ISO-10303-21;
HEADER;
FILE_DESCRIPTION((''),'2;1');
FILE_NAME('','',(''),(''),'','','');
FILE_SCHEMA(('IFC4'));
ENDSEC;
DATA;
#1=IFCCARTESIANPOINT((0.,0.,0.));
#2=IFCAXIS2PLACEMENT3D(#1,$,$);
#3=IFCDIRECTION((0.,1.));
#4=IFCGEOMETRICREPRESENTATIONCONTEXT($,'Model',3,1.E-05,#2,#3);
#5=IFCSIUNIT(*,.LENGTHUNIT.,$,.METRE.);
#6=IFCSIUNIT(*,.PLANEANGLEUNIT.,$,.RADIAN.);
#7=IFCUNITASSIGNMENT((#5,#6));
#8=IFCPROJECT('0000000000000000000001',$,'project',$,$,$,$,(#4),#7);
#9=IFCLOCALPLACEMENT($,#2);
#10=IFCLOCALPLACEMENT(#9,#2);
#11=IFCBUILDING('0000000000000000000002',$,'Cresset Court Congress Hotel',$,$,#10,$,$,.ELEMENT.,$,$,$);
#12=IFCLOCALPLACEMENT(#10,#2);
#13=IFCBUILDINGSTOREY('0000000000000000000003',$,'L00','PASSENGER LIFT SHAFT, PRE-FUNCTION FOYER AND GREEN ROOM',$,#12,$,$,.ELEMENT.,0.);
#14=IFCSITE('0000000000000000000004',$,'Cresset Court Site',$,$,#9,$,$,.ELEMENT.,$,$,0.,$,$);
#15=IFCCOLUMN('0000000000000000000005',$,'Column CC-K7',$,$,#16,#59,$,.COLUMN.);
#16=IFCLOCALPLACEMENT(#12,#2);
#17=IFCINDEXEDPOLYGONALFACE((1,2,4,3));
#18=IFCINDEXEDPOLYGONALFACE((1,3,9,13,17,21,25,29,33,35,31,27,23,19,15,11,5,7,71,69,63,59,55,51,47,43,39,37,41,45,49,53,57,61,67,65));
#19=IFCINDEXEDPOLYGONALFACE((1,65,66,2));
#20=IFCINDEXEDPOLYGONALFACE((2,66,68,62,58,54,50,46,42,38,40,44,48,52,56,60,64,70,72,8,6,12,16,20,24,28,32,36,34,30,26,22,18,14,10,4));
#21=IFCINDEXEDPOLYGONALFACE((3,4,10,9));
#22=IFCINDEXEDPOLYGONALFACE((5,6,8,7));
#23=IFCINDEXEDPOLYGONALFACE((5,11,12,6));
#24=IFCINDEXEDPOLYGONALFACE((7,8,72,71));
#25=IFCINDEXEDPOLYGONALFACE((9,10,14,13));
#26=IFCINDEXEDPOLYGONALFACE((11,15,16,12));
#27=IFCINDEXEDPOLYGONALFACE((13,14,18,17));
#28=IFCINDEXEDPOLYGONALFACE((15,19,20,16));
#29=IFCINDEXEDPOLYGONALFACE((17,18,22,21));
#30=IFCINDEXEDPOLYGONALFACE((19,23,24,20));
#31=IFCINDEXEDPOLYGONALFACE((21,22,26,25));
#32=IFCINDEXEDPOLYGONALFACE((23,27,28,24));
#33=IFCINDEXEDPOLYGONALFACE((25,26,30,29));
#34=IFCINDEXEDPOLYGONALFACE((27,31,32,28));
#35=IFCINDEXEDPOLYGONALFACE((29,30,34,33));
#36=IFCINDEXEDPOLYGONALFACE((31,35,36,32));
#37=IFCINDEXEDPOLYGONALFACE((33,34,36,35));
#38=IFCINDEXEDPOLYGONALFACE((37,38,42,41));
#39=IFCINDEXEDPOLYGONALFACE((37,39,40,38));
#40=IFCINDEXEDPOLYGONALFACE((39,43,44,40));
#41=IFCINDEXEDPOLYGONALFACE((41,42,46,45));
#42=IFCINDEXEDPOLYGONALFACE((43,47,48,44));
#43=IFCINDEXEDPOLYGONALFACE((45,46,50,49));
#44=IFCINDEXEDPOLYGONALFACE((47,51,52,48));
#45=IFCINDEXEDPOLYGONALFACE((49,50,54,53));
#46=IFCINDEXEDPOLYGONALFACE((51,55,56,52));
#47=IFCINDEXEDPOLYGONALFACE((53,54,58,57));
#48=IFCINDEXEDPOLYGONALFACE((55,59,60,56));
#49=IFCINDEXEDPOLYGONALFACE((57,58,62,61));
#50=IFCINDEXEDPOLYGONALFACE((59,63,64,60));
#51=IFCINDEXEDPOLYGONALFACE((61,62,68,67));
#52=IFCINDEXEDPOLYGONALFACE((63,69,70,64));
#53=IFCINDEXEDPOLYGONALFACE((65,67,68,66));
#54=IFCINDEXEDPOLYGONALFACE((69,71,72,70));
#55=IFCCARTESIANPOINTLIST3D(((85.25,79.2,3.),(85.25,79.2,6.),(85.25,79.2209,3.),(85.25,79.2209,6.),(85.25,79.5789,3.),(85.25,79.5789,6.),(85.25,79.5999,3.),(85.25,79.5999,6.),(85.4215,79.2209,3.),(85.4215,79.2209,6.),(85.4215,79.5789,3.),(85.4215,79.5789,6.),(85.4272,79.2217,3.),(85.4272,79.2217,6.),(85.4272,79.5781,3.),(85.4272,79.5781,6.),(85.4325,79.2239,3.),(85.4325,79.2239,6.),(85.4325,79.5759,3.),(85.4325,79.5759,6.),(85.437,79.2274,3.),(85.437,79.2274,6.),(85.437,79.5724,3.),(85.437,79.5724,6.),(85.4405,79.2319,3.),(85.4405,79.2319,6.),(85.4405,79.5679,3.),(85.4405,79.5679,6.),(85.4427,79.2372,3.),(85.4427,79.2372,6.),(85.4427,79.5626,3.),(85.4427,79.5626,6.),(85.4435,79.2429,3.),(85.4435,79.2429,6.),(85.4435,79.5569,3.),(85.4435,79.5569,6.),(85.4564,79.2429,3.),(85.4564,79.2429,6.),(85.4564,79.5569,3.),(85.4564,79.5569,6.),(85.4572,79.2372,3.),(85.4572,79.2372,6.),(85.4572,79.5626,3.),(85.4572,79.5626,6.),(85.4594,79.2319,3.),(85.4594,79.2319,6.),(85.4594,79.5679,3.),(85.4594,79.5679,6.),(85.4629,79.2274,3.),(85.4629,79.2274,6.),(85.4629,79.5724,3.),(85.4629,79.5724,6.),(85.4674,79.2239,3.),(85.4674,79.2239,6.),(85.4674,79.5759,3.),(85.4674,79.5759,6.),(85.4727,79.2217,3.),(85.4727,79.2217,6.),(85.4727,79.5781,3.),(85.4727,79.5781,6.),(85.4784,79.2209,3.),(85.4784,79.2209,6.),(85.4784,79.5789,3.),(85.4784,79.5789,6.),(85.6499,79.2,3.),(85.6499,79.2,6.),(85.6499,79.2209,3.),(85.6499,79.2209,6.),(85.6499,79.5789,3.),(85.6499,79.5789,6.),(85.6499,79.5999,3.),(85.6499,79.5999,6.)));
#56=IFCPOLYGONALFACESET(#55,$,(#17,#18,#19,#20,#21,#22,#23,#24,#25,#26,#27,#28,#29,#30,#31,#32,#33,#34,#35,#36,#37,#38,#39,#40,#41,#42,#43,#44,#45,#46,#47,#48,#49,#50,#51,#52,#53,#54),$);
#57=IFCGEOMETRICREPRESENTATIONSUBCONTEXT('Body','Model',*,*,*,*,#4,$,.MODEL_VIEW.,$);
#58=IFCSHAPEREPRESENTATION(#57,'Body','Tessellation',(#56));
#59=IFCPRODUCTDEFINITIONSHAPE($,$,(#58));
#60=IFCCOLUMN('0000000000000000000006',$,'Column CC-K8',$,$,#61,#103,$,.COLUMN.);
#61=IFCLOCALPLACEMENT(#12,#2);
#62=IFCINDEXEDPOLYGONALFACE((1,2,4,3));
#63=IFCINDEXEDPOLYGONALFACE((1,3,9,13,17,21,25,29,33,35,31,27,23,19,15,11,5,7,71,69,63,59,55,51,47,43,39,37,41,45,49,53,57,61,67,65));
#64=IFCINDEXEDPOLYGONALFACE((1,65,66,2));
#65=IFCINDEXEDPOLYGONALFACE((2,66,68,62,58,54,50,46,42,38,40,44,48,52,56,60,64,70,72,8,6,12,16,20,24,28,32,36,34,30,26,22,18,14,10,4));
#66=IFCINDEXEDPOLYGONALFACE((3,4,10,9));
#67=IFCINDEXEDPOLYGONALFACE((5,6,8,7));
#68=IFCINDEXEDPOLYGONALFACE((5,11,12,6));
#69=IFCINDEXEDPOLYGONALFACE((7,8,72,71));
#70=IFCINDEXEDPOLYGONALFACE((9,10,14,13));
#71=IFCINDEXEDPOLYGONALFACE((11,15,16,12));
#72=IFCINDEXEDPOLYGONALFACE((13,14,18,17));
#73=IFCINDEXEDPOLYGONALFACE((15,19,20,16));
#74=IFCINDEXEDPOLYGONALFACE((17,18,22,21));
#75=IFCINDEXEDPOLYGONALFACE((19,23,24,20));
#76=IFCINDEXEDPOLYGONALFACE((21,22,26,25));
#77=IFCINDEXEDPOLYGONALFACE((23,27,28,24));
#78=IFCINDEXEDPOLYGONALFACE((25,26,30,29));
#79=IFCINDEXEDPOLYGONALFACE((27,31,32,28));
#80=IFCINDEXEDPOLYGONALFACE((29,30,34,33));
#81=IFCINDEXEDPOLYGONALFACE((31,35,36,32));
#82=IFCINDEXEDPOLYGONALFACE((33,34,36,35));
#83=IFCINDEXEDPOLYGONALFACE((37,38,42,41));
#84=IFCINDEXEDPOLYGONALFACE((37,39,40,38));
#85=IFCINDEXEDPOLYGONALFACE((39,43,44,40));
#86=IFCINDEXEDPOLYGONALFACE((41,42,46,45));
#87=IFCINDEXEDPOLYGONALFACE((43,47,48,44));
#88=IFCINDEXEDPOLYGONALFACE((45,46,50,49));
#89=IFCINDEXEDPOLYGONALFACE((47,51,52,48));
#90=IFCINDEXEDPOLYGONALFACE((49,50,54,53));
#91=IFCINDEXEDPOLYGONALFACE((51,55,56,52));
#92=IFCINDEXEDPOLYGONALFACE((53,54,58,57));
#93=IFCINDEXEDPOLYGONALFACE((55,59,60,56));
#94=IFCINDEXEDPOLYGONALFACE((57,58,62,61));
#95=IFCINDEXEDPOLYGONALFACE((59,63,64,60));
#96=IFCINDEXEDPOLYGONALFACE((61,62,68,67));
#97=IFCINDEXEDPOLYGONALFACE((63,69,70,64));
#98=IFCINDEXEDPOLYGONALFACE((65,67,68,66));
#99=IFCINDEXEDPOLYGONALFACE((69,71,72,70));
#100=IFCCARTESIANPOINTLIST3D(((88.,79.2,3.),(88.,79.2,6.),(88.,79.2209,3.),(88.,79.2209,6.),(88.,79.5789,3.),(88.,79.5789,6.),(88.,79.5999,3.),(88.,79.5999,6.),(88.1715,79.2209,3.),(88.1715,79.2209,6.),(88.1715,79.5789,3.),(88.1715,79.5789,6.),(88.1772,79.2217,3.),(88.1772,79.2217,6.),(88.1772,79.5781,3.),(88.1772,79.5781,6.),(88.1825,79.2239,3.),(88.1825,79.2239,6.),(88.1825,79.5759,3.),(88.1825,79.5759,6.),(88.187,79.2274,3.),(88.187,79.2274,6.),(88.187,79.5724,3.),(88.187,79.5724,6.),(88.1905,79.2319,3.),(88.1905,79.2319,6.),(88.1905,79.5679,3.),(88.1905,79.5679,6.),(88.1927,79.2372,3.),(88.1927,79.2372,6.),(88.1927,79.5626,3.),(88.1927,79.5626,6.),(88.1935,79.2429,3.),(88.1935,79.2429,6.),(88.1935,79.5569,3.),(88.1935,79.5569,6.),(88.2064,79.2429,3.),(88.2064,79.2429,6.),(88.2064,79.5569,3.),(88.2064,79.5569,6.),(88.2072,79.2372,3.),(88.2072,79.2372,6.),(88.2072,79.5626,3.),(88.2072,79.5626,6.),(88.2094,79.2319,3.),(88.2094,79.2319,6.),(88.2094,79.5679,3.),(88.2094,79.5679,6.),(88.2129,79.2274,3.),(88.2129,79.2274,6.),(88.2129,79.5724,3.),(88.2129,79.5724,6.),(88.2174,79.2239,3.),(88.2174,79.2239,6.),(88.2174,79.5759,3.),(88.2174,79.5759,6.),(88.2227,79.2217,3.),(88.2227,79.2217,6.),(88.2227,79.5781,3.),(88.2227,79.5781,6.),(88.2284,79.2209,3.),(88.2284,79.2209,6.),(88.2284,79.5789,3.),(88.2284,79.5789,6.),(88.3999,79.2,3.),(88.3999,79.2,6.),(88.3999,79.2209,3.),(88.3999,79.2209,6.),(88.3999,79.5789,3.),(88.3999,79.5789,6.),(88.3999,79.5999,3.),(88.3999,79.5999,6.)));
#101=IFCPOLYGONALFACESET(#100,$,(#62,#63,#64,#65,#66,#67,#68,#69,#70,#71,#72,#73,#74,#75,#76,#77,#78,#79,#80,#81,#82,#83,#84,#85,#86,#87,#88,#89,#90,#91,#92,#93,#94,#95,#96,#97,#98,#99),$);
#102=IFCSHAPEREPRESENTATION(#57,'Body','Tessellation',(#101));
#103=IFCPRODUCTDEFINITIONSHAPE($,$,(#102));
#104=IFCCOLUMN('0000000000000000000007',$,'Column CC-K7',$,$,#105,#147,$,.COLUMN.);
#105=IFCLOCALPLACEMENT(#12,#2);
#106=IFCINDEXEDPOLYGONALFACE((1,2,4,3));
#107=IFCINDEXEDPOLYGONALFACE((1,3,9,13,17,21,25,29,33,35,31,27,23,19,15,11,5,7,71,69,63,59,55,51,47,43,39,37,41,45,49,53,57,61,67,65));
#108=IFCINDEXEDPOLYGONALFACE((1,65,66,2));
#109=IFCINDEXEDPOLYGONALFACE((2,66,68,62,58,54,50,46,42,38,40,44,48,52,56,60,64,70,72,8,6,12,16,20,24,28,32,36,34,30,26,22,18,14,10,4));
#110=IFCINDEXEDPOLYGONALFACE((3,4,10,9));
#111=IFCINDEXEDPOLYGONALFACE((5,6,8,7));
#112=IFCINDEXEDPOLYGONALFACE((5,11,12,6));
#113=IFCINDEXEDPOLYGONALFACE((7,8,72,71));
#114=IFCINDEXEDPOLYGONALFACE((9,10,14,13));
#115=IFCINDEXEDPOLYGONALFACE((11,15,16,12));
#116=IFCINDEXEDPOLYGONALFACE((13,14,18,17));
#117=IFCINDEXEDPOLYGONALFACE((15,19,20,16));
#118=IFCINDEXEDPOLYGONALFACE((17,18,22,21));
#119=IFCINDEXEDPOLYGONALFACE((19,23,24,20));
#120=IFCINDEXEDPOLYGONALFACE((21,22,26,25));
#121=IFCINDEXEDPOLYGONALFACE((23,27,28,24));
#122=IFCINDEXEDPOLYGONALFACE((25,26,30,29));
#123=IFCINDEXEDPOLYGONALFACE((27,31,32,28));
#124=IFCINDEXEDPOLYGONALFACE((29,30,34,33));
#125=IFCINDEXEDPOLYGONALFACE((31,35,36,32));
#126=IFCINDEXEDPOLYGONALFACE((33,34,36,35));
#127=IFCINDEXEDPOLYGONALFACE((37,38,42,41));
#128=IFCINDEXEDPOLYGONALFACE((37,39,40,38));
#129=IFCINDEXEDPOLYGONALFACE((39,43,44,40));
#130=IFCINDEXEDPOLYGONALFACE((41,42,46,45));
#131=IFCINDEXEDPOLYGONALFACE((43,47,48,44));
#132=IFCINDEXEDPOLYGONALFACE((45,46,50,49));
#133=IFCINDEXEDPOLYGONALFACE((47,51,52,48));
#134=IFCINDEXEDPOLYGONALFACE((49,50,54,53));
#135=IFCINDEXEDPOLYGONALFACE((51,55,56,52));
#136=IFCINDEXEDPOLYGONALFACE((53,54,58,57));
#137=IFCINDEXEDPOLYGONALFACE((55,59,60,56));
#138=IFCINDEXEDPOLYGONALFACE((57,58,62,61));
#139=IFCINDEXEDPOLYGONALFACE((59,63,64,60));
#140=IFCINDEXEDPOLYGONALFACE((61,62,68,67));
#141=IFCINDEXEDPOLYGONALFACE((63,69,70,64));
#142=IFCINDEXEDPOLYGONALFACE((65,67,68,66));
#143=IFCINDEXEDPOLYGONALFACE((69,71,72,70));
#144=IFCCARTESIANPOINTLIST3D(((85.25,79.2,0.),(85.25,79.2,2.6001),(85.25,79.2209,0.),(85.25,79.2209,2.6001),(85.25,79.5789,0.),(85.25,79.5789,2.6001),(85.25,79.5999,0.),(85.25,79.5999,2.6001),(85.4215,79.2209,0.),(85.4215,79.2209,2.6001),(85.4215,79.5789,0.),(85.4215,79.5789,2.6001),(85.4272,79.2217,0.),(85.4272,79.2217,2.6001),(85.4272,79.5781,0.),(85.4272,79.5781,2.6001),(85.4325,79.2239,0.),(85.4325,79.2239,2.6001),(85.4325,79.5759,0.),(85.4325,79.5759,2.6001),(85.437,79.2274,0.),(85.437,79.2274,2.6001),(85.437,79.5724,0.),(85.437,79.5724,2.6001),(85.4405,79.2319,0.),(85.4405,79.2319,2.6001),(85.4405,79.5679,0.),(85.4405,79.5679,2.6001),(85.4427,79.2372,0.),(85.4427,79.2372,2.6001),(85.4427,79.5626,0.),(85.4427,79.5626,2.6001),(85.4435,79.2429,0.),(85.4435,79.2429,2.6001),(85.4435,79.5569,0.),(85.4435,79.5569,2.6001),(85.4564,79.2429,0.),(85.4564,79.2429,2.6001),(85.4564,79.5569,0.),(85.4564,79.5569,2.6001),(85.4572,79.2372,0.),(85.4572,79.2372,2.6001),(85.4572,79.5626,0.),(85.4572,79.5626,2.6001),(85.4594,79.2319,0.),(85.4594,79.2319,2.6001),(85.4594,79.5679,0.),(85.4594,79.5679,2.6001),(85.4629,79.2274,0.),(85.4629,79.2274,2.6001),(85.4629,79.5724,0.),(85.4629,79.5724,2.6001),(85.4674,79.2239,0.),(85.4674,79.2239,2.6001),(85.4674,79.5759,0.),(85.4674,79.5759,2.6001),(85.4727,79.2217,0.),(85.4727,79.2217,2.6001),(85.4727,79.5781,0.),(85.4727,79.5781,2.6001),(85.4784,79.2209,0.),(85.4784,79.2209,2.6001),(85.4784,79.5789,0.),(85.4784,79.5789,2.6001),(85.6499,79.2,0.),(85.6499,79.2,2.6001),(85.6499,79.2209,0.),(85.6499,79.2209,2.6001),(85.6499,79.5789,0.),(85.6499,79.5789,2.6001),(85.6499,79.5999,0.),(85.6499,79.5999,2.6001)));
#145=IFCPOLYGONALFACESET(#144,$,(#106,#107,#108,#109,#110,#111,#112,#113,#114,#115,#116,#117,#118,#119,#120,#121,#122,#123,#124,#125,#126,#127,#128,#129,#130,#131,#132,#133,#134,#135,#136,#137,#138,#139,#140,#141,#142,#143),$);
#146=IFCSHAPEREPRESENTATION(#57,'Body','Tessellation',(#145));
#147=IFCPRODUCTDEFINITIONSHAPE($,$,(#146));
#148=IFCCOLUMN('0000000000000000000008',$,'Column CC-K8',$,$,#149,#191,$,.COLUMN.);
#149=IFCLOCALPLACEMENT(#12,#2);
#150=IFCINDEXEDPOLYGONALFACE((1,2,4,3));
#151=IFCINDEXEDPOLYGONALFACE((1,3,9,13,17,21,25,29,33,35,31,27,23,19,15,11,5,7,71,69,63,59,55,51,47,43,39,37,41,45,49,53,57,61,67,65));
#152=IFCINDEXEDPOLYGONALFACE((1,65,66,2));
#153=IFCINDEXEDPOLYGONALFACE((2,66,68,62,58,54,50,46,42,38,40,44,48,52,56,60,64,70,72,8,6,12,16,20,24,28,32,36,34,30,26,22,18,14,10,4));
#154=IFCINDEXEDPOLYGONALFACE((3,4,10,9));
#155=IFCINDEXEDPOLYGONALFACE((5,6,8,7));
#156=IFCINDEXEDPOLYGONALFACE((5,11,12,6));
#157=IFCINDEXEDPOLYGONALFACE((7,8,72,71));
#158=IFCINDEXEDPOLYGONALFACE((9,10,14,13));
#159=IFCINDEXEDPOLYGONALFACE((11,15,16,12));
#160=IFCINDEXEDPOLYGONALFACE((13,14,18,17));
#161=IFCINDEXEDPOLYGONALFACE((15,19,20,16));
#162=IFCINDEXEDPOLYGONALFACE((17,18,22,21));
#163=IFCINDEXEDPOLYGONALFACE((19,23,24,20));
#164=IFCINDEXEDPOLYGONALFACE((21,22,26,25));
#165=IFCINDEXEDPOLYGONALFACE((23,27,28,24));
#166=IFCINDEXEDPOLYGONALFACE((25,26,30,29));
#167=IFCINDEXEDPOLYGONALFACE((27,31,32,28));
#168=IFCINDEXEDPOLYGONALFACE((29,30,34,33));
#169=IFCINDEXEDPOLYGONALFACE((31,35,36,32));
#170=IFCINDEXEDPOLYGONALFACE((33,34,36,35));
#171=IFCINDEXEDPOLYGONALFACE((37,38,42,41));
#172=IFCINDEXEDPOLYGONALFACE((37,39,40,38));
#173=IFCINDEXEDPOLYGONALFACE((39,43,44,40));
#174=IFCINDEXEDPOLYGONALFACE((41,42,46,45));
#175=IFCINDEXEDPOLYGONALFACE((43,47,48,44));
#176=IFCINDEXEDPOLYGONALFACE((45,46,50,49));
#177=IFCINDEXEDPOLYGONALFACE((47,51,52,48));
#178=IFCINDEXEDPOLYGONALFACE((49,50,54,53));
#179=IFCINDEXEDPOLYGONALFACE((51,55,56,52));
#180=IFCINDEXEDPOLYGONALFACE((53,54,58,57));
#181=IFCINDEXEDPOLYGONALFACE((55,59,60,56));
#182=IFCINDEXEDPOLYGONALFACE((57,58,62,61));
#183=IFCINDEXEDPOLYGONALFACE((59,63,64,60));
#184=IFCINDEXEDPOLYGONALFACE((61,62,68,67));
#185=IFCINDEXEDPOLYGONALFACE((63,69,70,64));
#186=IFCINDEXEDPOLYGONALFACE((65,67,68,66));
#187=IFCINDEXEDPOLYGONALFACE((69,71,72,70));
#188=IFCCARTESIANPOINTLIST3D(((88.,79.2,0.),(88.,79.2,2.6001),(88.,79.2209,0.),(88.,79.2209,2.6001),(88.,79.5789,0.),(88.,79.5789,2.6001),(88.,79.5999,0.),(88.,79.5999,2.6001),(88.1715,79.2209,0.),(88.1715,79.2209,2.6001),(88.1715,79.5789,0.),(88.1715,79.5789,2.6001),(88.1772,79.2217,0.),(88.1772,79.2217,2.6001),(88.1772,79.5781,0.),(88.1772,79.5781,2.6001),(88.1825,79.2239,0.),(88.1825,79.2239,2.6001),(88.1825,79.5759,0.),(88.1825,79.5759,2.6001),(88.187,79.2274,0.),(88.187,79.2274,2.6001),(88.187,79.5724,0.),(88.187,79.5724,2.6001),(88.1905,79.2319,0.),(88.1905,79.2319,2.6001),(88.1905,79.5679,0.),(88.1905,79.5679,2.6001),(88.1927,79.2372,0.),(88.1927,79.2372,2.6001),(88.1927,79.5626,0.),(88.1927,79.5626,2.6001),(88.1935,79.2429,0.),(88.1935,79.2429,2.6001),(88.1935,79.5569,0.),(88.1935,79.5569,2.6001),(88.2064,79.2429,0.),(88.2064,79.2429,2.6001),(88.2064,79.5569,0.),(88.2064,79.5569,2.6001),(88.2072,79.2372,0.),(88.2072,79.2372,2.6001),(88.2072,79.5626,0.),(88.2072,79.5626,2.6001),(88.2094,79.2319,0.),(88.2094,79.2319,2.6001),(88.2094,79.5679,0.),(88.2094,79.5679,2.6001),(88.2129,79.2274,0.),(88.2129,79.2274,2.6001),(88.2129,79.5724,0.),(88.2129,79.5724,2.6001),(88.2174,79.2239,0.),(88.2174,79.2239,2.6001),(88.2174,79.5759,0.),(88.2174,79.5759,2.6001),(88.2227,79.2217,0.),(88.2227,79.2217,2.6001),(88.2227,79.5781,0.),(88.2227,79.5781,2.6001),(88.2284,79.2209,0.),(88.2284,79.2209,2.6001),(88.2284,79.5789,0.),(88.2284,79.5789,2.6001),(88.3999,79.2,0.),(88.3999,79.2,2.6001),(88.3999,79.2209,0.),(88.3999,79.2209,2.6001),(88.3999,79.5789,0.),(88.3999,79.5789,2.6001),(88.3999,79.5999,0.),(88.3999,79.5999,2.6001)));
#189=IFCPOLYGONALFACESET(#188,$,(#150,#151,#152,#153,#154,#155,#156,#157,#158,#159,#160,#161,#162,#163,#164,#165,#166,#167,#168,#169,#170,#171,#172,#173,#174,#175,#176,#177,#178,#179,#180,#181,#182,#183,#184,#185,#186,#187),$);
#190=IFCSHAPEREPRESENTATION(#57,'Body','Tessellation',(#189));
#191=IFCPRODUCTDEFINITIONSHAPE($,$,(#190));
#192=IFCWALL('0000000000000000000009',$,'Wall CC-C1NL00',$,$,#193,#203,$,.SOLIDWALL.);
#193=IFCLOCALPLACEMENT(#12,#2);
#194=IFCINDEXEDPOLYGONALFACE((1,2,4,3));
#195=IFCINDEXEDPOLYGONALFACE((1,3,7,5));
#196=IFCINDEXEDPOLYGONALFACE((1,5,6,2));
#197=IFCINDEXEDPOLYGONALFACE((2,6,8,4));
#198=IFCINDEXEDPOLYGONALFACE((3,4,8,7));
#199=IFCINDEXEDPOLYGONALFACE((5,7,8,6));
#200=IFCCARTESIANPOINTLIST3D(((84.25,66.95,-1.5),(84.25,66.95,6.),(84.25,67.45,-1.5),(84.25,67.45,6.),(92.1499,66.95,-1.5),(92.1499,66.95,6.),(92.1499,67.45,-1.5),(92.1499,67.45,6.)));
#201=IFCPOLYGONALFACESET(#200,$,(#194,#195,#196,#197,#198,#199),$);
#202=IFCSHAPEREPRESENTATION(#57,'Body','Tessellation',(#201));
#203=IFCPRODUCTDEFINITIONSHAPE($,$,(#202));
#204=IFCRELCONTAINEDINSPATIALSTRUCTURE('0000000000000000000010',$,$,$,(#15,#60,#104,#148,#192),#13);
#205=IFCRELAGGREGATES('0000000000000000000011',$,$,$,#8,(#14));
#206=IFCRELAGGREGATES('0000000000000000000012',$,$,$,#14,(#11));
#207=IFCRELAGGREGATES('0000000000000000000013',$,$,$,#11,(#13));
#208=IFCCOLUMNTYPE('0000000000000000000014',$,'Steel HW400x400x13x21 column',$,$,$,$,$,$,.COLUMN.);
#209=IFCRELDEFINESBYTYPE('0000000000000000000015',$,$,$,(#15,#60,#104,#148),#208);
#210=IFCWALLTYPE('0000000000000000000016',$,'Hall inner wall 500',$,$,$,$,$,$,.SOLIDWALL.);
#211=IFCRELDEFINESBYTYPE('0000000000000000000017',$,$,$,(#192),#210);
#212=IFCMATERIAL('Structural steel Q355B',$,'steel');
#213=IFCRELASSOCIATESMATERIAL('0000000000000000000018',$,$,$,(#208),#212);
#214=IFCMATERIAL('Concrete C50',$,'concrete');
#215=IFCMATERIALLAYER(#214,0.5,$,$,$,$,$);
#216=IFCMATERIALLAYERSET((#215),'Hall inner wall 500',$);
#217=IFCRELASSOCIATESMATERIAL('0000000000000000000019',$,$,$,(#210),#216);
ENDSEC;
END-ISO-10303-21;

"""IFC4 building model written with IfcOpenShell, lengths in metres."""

from ifc_helpers import new_model, si_unit, direction, frame, frame_2d, origin, origin_2d, place, context, subcontext, project, spatial, rectangle, i_section, extrude, material, layer, layer_set, material_profile, profile_set, type_object, element, save


model = new_model("IFC4")

# Units and contexts
model_context = context("Model", 3, precision=1e-05, world=origin(), true_north=direction((0.0, 1.0)))
body_context = subcontext(model_context, "Body", "Model", "MODEL_VIEW")
ifc_project = project(units=[si_unit("LENGTHUNIT", "METRE"), si_unit("PLANEANGLEUNIT", "RADIAN")], contexts=[model_context])

# Site, building, storey
site_placement = place(None, origin())
site = spatial("IfcSite", under=ifc_project, at=site_placement, Name="Cresset Court Site", CompositionType="ELEMENT", RefElevation=0.0)
building_placement = place(site_placement, origin())
building = spatial("IfcBuilding", under=site, at=building_placement, Name="Cresset Court Congress Hotel", CompositionType="ELEMENT")
storey_placement = place(building_placement, origin())
storey = spatial("IfcBuildingStorey", under=building, at=storey_placement, Name="L00", Description="PASSENGER LIFT SHAFT, PRE-FUNCTION FOYER AND GREEN ROOM", CompositionType="ELEMENT", Elevation=0.0)

# Columns
ifc_material_1 = material(Name="Structural steel Q355B", Category="steel")
ifc_material_profile = material_profile(ifc_material_1, i_section(OverallWidth=0.3999, OverallDepth=0.3999, WebThickness=0.0129, FlangeThickness=0.021, FilletRadius=0.022, at=origin_2d()), Name="HW400x400x13x21")
ifc_profile_set = profile_set([ifc_material_profile], Name="Structural steel Q355B")
column_type = type_object("IfcColumnType", Name="Steel HW400x400x13x21 column", PredefinedType="COLUMN", material=ifc_profile_set)
for number, where, z_axis, x_axis, name in (
    (1, (85.45, 79.3999, 3.0), (0.0, 0.0, 1.0), (1.0, 0.0, 0.0), "Column CC-K7"),
    (2, (88.2, 79.3999, 3.0), (0.0, 0.0, 1.0), (1.0, 0.0, 0.0), "Column CC-K8"),
):
    element("IfcColumn", number, at=place(storey_placement, frame(where, z_axis=z_axis, x_axis=x_axis)), inside=storey, type_object=column_type, Name=name, PredefinedType="COLUMN", context=body_context, shape_type="SweptSolid", body=[
        extrude(i_section(OverallWidth=0.3999, OverallDepth=0.3999, WebThickness=0.0129, FlangeThickness=0.021, FilletRadius=0.022, at=origin_2d()), origin(), (0.0, 0.0, 1.0), 3.0),
    ])
for number, where, z_axis, x_axis, name in (
    (3, (85.45, 79.3999, 0.0), (0.0, 0.0, 1.0), (1.0, 0.0, 0.0), "Column CC-K7"),
    (4, (88.2, 79.3999, 0.0), (0.0, 0.0, 1.0), (1.0, 0.0, 0.0), "Column CC-K8"),
):
    element("IfcColumn", number, at=place(storey_placement, frame(where, z_axis=z_axis, x_axis=x_axis)), inside=storey, type_object=column_type, Name=name, PredefinedType="COLUMN", context=body_context, shape_type="SweptSolid", body=[
        extrude(i_section(OverallWidth=0.3999, OverallDepth=0.3999, WebThickness=0.0129, FlangeThickness=0.021, FilletRadius=0.022, at=origin_2d()), origin(), (0.0, 0.0, 1.0), 2.6001),
    ])

# Wall
ifc_material_2 = material(Name="Concrete C50", Category="concrete")
ifc_layer_1 = layer(ifc_material_2, 0.5)
ifc_layer_set_1 = layer_set([ifc_layer_1], Name="Hall inner wall 500")
wall_type_1 = type_object("IfcWallType", Name="Hall inner wall 500", PredefinedType="SOLIDWALL", material=ifc_layer_set_1)
wall_1_placement = place(storey_placement, frame((84.25, 67.2, -1.5), z_axis=(0.0, 0.0, 1.0), x_axis=(1.0, 0.0, 0.0)))
element("IfcWall", 5, at=wall_1_placement, inside=storey, type_object=wall_type_1, Name="Wall CC-C1NL00", PredefinedType="SOLIDWALL", context=body_context, shape_type="SweptSolid", body=[
    extrude(rectangle(XDim=7.8999, YDim=0.5, at=frame_2d((3.95, 0.0))), origin(), (0.0, 0.0, 1.0), 7.5),
])

save(model, "model.ifc")
